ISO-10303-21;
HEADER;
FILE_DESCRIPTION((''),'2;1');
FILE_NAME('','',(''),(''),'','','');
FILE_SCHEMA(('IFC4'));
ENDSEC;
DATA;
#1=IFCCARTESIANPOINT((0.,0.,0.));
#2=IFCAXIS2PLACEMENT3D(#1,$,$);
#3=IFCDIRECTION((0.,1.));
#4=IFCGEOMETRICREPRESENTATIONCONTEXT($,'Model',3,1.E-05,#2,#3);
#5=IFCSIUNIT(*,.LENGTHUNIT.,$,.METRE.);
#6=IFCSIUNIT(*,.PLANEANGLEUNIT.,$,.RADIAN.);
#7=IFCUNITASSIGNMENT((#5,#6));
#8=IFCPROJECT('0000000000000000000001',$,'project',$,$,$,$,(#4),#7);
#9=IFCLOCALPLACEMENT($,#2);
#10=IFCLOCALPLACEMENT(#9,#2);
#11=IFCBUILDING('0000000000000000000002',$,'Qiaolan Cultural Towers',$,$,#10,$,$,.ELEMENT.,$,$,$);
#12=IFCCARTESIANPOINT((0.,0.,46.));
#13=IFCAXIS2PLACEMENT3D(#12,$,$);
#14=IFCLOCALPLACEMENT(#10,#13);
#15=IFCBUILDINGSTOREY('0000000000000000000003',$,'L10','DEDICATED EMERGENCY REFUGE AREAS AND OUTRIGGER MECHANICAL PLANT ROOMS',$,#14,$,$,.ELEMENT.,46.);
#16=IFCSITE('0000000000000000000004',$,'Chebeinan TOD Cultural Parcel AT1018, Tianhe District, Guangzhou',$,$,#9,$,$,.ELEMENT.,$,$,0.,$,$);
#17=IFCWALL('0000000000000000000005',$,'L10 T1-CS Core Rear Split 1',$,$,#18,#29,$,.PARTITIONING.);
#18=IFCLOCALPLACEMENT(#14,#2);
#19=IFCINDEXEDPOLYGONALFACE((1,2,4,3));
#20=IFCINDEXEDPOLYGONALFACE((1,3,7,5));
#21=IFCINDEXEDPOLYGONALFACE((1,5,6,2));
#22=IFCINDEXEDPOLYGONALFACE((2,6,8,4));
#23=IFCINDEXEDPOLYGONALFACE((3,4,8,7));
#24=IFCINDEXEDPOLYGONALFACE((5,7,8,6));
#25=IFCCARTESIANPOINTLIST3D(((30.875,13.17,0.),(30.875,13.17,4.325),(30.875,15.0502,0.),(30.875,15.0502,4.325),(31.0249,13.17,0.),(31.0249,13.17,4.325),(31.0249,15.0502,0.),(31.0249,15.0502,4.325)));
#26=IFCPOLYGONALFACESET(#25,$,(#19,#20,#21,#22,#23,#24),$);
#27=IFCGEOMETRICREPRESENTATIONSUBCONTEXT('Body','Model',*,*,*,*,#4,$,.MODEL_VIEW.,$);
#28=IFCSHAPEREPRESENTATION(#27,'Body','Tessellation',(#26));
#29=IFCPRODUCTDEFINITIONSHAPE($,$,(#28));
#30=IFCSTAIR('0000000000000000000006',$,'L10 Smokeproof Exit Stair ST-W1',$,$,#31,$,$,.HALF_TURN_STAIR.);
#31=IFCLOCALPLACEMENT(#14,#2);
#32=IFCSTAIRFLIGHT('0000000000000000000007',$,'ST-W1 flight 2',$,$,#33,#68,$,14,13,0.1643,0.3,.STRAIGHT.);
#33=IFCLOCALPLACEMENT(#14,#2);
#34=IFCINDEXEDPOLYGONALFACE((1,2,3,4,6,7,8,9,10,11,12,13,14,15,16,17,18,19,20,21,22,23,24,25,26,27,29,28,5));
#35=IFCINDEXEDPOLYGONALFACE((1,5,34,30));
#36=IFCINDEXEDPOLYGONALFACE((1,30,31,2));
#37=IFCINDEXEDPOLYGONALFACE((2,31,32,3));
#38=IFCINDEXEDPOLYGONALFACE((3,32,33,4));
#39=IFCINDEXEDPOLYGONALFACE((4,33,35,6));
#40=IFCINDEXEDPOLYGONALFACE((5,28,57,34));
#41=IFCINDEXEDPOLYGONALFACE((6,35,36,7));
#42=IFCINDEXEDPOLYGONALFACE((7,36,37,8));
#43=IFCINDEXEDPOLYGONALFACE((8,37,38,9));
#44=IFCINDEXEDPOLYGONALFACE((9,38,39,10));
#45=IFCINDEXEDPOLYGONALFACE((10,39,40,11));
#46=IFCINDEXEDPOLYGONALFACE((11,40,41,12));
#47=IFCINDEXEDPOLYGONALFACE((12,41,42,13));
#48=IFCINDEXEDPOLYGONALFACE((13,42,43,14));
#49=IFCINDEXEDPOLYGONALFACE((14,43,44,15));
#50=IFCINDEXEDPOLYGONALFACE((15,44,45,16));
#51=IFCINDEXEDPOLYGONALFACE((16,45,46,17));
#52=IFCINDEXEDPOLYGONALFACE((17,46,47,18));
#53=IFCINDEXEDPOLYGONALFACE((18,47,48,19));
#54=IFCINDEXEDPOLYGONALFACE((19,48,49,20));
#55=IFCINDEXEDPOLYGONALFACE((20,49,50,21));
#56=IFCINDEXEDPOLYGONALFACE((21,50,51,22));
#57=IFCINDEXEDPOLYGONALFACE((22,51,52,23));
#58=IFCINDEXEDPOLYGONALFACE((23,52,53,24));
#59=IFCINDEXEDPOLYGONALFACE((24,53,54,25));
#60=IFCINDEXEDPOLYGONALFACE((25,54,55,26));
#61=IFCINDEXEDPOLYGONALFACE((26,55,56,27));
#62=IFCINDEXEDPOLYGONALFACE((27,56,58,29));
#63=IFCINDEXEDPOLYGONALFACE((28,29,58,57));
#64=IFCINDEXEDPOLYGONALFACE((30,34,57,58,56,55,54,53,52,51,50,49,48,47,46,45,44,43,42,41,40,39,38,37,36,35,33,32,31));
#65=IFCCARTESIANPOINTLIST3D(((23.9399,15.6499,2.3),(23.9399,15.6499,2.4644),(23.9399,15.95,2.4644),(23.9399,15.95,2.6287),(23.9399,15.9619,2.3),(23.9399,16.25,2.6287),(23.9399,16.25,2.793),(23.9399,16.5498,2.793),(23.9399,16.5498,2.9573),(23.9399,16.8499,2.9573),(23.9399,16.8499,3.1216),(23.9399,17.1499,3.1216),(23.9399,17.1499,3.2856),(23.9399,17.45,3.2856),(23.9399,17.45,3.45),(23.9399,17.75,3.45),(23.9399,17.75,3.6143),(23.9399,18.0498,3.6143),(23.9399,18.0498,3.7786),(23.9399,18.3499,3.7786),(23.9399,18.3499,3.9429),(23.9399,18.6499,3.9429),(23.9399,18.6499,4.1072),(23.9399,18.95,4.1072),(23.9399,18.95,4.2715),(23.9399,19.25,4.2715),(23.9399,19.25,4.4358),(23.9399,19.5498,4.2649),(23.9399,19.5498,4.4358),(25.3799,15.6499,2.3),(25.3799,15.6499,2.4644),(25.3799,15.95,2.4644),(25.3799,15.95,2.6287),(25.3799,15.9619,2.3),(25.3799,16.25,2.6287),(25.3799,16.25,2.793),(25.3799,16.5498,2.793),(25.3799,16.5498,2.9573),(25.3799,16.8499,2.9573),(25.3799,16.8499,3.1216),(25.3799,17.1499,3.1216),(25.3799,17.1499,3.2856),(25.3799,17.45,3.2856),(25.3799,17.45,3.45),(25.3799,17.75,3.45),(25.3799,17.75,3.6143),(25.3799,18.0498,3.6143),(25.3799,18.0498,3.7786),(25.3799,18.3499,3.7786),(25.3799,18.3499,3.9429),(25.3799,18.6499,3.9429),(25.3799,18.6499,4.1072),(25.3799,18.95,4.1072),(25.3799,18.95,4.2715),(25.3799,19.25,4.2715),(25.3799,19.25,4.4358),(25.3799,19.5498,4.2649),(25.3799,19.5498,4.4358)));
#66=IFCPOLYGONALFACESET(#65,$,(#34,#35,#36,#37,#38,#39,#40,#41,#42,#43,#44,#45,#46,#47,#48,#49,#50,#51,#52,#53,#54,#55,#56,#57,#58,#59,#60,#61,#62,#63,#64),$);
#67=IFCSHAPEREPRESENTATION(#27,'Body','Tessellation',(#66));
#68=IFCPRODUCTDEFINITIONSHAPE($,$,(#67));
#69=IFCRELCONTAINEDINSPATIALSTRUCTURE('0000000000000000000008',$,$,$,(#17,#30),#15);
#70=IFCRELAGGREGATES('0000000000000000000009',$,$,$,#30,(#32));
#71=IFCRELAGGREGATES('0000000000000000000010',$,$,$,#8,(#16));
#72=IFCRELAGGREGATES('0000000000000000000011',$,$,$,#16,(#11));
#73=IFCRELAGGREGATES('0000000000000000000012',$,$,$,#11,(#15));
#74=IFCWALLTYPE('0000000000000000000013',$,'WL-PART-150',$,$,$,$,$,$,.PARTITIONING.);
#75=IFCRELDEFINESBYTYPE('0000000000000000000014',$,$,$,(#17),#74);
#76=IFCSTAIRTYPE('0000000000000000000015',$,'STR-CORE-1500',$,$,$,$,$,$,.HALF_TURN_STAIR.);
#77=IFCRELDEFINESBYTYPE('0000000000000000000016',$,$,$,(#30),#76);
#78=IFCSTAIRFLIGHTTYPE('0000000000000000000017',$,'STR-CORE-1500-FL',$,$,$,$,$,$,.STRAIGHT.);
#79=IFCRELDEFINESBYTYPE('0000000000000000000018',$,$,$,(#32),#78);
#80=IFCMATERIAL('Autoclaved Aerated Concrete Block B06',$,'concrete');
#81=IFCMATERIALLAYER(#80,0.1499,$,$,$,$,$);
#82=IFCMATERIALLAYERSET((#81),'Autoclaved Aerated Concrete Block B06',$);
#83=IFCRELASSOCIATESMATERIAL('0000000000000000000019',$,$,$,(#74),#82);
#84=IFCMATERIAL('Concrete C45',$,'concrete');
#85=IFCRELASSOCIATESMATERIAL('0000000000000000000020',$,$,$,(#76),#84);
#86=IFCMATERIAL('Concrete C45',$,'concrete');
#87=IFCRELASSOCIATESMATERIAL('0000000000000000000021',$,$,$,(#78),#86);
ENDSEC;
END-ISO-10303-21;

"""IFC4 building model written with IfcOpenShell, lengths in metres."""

from ifc_helpers import new_model, si_unit, direction, frame, frame_2d, origin, place, context, subcontext, project, spatial, polyline, rectangle, outline, extrude, material, layer, layer_set, type_object, element, aggregate, save


model = new_model("IFC4")

# Units and contexts
model_context = context("Model", 3, precision=1e-05, world=origin(), true_north=direction((0.0, 1.0)))
body_context = subcontext(model_context, "Body", "Model", "MODEL_VIEW")
ifc_project = project(units=[si_unit("LENGTHUNIT", "METRE"), si_unit("PLANEANGLEUNIT", "RADIAN")], contexts=[model_context])

# Site, building, storey
site_placement = place(None, origin())
site = spatial("IfcSite", under=ifc_project, at=site_placement, Name="Chebeinan TOD Cultural Parcel AT1018, Tianhe District, Guangzhou", CompositionType="ELEMENT", RefElevation=0.0)
building_placement = place(site_placement, origin())
building = spatial("IfcBuilding", under=site, at=building_placement, Name="Qiaolan Cultural Towers", CompositionType="ELEMENT")
storey_placement = place(building_placement, frame((0.0, 0.0, 46.0)))
storey = spatial("IfcBuildingStorey", under=building, at=storey_placement, Name="L10", Description="DEDICATED EMERGENCY REFUGE AREAS AND OUTRIGGER MECHANICAL PLANT ROOMS", CompositionType="ELEMENT", Elevation=46.0)

# Wall
ifc_material_1 = material(Name="Autoclaved Aerated Concrete Block B06", Category="concrete")
ifc_layer_1 = layer(ifc_material_1, 0.1499)
ifc_layer_set_1 = layer_set([ifc_layer_1], Name="Autoclaved Aerated Concrete Block B06")
wall_type_1 = type_object("IfcWallType", Name="WL-PART-150", PredefinedType="PARTITIONING", material=ifc_layer_set_1)
wall_1_placement = place(storey_placement, frame((30.95, 15.05, 0.0), z_axis=(0.0, 0.0, 1.0), x_axis=(0.0, -1.0, 0.0)))
element("IfcWall", 1, at=wall_1_placement, inside=storey, type_object=wall_type_1, Name="L10 T1-CS Core Rear Split 1", PredefinedType="PARTITIONING", context=body_context, shape_type="SweptSolid", body=[
    extrude(rectangle(XDim=1.8801, YDim=0.1499, at=frame_2d((0.9399, 0.0))), origin(), (0.0, 0.0, 1.0), 4.325),
])

# Stair, stair flight
ifc_material_2 = material(Name="Concrete C45", Category="concrete")
stair_type = type_object("IfcStairType", Name="STR-CORE-1500", PredefinedType="HALF_TURN_STAIR", material=ifc_material_2)
stair_placement = place(storey_placement, origin())
stair = element("IfcStair", 2, at=stair_placement, inside=storey, type_object=stair_type, Name="L10 Smokeproof Exit Stair ST-W1", PredefinedType="HALF_TURN_STAIR")
ifc_material_3 = material(Name="Concrete C45", Category="concrete")
stair_flight_type = type_object("IfcStairFlightType", Name="STR-CORE-1500-FL", PredefinedType="STRAIGHT", material=ifc_material_3)
stair_flight_placement = place(storey_placement, frame((24.6599, 15.6499, 2.3), z_axis=(0.0, 0.0, 1.0), x_axis=(0.0, 1.0, 0.0)))
stair_flight = element("IfcStairFlight", 3, at=stair_flight_placement, type_object=stair_flight_type, Name="ST-W1 flight 2", NumberOfRisers=14, NumberOfTreads=13, PredefinedType="STRAIGHT", RiserHeight=0.1643, TreadLength=0.3, context=body_context, shape_type="SweptSolid", body=[
    extrude(outline(polyline([(0.0, 0.0), (0.0, 0.1643), (0.3, 0.1643), (0.3, 0.3286), (0.6001, 0.3286), (0.6001, 0.4929), (0.8999, 0.4929), (0.8999, 0.6572), (1.2, 0.6572), (1.2, 0.8215), (1.5, 0.8215), (1.5, 0.9856), (1.8, 0.9856), (1.8, 1.1499), (2.1001, 1.1499), (2.1001, 1.3142), (2.3999, 1.3142), (2.3999, 1.4785), (2.7, 1.4785), (2.7, 1.6428), (3.0, 1.6428), (3.0, 1.8071), (3.3, 1.8071), (3.3, 1.9714), (3.6001, 1.9714), (3.6001, 2.1357), (3.8999, 2.1357), (3.8999, 2.3), (3.8999, 1.9648), (0.312, 0.0), (0.0, 0.0)])), frame((0.0, 0.72, 0.0), z_axis=(0.0, -1.0, 0.0), x_axis=(1.0, 0.0, 0.0)), (0.0, 0.0, 1.0), 1.4399),
])
aggregate(stair, [stair_flight])

save(model, "model.ifc")
